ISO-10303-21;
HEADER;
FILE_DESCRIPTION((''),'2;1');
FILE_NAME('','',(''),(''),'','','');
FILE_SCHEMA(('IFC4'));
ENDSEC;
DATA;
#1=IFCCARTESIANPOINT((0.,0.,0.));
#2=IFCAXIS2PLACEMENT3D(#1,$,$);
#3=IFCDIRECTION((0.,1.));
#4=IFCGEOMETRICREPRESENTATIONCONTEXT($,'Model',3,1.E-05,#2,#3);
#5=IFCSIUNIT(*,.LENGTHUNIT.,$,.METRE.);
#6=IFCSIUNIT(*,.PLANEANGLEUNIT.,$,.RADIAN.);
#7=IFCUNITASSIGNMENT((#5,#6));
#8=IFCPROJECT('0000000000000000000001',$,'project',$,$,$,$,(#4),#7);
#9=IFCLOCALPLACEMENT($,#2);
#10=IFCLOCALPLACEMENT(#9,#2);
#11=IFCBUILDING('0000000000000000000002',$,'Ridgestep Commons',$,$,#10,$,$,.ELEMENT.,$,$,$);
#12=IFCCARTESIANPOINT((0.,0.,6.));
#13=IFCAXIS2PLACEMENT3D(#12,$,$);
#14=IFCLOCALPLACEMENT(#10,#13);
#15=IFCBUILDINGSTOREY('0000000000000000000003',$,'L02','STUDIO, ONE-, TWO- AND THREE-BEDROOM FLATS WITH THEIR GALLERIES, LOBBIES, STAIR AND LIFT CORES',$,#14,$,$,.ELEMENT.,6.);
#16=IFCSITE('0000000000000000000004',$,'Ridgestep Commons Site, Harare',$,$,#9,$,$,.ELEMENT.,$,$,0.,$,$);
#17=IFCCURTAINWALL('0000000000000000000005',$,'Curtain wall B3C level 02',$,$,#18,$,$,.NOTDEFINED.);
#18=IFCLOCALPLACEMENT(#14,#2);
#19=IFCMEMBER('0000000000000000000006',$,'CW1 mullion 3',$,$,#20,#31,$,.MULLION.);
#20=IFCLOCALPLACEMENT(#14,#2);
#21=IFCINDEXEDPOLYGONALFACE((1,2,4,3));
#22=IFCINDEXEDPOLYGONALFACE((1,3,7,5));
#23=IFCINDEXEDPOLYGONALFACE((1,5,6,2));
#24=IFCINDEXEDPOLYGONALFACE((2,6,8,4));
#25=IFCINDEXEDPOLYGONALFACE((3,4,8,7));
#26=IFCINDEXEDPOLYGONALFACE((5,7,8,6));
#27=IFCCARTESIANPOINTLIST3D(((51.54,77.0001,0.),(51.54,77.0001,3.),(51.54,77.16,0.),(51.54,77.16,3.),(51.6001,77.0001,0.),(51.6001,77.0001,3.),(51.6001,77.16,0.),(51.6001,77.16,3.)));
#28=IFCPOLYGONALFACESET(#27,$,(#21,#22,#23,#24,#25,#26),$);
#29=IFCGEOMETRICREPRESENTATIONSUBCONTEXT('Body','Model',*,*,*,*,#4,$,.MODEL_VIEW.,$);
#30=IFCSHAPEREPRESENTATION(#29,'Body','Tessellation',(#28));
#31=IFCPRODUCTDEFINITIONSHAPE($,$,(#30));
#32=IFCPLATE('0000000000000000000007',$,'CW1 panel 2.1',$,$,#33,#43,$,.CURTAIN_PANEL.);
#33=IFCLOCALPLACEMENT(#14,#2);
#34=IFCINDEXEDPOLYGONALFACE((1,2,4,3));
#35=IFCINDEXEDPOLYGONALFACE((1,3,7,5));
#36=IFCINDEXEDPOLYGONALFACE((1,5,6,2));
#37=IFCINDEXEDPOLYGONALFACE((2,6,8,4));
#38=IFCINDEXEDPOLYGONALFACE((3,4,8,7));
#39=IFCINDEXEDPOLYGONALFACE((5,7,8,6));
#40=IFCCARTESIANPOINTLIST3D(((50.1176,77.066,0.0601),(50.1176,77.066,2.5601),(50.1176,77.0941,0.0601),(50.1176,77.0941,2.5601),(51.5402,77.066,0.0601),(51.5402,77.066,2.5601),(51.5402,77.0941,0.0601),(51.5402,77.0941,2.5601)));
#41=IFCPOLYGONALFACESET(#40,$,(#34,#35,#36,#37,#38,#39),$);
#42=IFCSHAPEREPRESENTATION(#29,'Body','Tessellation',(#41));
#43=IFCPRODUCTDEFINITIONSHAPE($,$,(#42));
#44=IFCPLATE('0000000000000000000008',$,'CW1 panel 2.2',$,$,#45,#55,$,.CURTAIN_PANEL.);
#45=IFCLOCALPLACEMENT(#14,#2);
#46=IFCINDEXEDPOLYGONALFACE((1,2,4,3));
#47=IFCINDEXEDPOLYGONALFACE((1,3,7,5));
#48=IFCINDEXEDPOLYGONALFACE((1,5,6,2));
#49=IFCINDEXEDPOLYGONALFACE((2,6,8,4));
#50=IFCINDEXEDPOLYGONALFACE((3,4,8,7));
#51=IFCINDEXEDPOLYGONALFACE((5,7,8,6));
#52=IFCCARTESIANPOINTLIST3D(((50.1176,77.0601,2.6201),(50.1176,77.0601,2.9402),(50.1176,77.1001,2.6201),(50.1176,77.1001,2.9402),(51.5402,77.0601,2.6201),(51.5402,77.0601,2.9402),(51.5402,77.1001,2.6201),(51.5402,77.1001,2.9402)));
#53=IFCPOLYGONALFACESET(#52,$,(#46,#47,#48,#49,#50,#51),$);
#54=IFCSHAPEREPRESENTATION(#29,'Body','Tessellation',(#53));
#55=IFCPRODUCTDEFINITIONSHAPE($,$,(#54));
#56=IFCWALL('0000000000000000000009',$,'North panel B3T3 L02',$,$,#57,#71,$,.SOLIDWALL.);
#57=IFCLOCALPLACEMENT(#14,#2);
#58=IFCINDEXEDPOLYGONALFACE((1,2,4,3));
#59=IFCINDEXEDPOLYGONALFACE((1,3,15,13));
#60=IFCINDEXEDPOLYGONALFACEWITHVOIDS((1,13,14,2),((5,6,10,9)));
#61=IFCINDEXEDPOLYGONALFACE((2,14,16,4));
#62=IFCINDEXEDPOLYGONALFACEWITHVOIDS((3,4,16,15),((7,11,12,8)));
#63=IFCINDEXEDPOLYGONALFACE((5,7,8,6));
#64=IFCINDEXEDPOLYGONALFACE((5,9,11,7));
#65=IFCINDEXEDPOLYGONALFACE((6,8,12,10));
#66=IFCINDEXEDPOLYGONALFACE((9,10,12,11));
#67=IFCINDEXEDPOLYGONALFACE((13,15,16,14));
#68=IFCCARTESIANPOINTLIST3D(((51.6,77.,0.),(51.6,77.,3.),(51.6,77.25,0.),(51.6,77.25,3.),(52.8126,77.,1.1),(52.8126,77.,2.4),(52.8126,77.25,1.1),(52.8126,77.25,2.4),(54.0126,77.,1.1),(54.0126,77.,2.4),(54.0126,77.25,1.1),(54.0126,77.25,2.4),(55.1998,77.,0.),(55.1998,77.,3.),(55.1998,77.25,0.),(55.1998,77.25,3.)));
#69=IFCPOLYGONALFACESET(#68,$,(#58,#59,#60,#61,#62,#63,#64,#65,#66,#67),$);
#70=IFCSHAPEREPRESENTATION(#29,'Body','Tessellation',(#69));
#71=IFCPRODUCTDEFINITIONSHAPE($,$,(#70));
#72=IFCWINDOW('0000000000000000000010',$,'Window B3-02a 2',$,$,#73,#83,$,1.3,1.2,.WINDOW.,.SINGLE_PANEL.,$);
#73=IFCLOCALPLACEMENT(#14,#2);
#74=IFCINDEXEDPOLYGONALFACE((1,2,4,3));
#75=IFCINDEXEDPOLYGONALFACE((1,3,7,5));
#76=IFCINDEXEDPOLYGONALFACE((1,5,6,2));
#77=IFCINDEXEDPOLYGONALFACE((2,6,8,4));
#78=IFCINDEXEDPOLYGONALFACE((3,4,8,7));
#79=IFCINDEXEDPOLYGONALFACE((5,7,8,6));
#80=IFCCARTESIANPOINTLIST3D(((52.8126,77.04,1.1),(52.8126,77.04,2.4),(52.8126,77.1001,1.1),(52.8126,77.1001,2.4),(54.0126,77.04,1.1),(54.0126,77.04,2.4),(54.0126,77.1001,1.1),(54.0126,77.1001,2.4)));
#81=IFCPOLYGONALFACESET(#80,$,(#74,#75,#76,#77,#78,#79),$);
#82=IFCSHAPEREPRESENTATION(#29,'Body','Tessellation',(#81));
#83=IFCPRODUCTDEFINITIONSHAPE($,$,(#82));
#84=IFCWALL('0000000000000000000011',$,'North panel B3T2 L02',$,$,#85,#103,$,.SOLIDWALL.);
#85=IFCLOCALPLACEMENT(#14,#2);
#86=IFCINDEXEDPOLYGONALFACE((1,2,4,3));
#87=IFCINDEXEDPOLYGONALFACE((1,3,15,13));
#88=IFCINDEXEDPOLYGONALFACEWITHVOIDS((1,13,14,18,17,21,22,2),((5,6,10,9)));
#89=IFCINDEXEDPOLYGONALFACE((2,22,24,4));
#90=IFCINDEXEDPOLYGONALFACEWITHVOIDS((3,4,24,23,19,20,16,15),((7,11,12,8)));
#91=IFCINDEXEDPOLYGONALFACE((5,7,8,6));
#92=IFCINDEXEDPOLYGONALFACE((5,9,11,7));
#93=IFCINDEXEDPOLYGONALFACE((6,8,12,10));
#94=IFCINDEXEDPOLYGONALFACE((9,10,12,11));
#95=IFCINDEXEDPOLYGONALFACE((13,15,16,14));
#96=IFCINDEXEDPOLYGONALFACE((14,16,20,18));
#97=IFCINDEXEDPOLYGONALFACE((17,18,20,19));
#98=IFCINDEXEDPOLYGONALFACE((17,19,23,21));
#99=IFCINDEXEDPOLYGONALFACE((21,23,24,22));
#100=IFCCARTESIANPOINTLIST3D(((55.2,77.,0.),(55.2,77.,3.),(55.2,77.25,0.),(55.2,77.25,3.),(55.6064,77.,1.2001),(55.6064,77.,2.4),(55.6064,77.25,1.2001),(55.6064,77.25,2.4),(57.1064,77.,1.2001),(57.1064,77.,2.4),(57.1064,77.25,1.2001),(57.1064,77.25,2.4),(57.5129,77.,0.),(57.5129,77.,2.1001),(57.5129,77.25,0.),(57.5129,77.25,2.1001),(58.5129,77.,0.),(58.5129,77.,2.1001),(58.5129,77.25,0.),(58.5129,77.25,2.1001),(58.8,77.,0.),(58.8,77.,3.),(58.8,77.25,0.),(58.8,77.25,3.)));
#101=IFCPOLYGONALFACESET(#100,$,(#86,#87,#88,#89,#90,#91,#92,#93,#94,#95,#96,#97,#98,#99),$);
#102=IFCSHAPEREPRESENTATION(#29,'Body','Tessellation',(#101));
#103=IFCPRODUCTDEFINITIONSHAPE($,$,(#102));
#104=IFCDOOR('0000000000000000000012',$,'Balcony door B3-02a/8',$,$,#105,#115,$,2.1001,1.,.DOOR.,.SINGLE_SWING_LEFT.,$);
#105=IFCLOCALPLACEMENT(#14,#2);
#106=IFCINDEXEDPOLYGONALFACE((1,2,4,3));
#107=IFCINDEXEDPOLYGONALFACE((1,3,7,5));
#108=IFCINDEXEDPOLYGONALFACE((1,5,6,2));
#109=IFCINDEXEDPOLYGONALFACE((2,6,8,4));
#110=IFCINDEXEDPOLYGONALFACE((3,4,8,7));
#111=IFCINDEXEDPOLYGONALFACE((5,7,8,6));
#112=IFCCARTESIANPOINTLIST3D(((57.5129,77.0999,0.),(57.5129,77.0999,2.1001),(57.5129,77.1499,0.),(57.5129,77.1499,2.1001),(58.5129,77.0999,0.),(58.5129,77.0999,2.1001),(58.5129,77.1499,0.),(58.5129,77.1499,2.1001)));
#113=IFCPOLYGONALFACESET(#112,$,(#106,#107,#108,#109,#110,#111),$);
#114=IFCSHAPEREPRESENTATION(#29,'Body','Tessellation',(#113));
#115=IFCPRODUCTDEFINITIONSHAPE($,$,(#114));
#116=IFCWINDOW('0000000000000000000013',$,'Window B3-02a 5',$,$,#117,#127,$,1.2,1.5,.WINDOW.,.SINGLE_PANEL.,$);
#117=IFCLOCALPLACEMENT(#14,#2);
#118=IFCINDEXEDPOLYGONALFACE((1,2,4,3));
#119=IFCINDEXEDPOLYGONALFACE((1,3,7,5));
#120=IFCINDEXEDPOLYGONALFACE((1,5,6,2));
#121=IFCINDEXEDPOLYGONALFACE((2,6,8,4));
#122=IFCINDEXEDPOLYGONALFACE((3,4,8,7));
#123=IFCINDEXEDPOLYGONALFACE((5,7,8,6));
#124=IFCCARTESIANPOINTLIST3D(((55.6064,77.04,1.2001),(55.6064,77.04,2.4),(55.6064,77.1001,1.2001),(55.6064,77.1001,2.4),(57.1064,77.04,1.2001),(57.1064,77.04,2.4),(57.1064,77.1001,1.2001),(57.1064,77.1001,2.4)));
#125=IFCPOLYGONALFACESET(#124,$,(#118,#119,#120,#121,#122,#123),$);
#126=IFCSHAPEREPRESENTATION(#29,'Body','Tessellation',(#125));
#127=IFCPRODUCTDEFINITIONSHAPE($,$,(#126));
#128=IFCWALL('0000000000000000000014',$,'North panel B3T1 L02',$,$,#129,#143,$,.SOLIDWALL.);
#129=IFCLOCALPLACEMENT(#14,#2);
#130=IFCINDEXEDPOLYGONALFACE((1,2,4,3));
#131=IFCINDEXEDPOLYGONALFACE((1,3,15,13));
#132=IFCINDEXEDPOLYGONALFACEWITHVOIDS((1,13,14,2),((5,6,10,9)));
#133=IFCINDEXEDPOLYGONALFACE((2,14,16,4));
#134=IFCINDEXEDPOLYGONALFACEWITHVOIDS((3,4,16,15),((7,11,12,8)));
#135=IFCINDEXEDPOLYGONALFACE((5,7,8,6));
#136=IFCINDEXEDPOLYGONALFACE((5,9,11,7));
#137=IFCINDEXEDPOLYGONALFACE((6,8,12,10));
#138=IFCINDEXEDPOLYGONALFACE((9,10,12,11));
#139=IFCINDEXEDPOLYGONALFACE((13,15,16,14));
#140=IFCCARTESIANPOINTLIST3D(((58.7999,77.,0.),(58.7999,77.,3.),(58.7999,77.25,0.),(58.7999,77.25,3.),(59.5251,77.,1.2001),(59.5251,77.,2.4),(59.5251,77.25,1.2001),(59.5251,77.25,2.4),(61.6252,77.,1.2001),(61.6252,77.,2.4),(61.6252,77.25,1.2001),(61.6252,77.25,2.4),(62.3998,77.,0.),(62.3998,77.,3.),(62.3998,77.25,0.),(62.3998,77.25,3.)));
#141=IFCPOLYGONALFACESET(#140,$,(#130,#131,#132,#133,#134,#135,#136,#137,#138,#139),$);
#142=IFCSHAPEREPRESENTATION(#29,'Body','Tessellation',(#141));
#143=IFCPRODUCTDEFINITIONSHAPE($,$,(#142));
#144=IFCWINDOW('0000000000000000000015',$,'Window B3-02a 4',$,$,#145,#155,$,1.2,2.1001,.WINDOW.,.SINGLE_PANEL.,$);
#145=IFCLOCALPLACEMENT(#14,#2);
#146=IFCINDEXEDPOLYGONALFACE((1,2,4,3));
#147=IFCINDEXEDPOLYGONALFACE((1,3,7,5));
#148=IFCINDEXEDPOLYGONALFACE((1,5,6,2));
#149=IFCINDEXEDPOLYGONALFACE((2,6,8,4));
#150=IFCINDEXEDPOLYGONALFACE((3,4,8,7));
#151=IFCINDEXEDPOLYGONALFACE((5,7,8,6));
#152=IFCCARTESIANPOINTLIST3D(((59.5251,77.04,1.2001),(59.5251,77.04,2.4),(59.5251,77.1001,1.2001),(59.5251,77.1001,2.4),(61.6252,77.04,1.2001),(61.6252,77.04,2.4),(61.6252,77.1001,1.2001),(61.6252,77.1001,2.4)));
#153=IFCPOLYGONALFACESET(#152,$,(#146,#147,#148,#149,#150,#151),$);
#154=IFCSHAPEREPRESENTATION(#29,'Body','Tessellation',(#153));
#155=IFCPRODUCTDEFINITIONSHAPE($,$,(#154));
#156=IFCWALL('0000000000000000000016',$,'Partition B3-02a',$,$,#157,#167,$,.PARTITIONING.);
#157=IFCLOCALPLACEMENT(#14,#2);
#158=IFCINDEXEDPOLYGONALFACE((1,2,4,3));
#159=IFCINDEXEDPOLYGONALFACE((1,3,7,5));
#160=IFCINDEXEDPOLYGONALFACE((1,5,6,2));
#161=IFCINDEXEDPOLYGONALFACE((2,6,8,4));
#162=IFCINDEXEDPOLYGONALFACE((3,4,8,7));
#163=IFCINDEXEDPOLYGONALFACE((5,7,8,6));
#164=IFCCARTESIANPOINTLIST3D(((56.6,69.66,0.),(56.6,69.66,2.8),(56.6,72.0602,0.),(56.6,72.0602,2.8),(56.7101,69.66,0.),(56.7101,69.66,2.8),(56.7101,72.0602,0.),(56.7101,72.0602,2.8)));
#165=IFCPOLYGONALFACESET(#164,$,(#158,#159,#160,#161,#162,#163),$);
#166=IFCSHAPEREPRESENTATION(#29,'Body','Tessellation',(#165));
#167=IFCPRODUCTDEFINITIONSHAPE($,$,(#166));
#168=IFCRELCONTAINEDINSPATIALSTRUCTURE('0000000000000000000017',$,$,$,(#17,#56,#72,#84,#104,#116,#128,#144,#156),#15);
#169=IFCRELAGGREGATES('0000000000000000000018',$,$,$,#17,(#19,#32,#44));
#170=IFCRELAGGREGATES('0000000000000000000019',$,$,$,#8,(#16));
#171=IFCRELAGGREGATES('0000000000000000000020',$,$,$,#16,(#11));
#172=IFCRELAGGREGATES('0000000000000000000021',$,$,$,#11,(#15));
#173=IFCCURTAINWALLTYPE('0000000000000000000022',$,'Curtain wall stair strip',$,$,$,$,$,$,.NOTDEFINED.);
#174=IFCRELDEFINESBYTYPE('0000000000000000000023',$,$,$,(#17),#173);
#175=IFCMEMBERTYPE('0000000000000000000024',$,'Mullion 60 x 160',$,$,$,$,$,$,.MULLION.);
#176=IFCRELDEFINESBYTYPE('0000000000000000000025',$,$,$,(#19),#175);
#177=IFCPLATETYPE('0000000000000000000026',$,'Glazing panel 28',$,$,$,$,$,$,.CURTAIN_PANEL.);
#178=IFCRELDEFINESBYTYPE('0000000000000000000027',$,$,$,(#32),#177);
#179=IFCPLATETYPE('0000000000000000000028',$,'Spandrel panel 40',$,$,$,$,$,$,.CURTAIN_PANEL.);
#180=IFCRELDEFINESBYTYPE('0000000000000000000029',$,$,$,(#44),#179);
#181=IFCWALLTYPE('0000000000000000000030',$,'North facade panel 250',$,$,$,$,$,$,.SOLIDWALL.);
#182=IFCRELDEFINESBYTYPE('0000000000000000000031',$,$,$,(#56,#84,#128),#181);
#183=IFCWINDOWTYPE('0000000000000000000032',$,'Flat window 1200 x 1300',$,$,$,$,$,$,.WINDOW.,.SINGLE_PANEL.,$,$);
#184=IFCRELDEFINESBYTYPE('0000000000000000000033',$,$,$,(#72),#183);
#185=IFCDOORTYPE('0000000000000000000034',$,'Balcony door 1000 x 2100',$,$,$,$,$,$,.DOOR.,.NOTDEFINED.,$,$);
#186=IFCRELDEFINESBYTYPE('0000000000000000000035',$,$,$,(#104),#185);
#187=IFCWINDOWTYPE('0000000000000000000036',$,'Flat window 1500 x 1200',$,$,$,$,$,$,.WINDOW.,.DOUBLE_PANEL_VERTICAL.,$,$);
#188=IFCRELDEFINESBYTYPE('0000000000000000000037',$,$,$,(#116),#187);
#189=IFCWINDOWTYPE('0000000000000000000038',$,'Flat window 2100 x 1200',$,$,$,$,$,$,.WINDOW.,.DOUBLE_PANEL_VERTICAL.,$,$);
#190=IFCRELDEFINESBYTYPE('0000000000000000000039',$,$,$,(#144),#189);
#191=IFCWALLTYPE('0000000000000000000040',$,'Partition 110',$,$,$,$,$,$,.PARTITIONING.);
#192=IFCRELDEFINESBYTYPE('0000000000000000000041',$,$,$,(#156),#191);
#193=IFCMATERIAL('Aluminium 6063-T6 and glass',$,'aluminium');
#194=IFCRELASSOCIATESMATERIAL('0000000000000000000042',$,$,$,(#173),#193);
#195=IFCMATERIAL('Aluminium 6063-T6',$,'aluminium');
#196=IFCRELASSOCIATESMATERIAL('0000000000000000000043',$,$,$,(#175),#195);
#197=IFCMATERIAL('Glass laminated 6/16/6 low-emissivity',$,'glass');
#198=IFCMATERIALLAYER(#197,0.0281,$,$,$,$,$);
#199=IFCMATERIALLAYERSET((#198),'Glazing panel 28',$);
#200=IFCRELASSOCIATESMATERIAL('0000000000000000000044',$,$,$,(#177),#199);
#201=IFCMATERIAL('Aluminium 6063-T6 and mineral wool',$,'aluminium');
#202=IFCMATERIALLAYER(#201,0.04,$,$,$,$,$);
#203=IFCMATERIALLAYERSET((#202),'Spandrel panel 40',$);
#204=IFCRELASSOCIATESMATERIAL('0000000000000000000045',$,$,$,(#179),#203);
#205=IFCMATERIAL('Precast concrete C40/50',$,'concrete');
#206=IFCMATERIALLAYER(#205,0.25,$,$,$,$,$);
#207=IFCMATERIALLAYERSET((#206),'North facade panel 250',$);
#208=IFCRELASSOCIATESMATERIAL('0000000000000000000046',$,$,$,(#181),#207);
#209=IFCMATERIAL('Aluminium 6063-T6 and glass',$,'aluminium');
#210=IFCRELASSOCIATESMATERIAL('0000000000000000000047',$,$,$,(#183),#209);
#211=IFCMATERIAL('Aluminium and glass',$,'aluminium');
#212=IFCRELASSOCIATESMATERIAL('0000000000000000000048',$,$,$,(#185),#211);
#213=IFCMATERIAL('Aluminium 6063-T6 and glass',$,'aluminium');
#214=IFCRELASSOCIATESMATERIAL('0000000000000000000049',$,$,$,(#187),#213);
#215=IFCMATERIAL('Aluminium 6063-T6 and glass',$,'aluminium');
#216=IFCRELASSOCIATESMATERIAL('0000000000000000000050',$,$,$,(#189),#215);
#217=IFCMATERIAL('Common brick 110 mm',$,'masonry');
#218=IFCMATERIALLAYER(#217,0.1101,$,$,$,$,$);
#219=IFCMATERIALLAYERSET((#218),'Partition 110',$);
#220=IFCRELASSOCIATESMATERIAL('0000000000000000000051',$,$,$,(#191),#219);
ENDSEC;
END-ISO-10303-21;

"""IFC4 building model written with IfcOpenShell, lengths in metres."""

from ifc_helpers import new_model, si_unit, direction, frame, frame_2d, origin, origin_2d, place, context, subcontext, project, spatial, rectangle, extrude, material, layer, layer_set, material_profile, profile_set, type_object, element, fill, aggregate, save


model = new_model("IFC4")

# Units and contexts
model_context = context("Model", 3, precision=1e-05, world=origin(), true_north=direction((0.0, 1.0)))
body_context = subcontext(model_context, "Body", "Model", "MODEL_VIEW")
ifc_project = project(units=[si_unit("LENGTHUNIT", "METRE"), si_unit("PLANEANGLEUNIT", "RADIAN")], contexts=[model_context])

# Site, building, storey
site_placement = place(None, origin())
site = spatial("IfcSite", under=ifc_project, at=site_placement, Name="Ridgestep Commons Site, Harare", CompositionType="ELEMENT", RefElevation=0.0)
building_placement = place(site_placement, origin())
building = spatial("IfcBuilding", under=site, at=building_placement, Name="Ridgestep Commons", CompositionType="ELEMENT")
storey_placement = place(building_placement, frame((0.0, 0.0, 6.0)))
storey = spatial("IfcBuildingStorey", under=building, at=storey_placement, Name="L02", Description="STUDIO, ONE-, TWO- AND THREE-BEDROOM FLATS WITH THEIR GALLERIES, LOBBIES, STAIR AND LIFT CORES", CompositionType="ELEMENT", Elevation=6.0)

# Curtain wall, member, plates
ifc_material_1 = material(Name="Aluminium 6063-T6 and glass", Category="aluminium")
curtain_wall_type = type_object("IfcCurtainWallType", Name="Curtain wall stair strip", PredefinedType="NOTDEFINED", material=ifc_material_1)
curtain_wall_placement = place(storey_placement, origin())
curtain_wall = element("IfcCurtainWall", 1, at=curtain_wall_placement, inside=storey, type_object=curtain_wall_type, Name="Curtain wall B3C level 02", PredefinedType="NOTDEFINED")
ifc_material_2 = material(Name="Aluminium 6063-T6", Category="aluminium")
ifc_material_profile = material_profile(ifc_material_2, rectangle(XDim=0.1599, YDim=0.0601, at=origin_2d()), Name="Mullion 60 x 160")
ifc_profile_set = profile_set([ifc_material_profile], Name="Aluminium 6063-T6")
member_type = type_object("IfcMemberType", Name="Mullion 60 x 160", PredefinedType="MULLION", material=ifc_profile_set)
member_placement = place(storey_placement, frame((51.5701, 77.0801, 0.0), z_axis=(0.0, 0.0, 1.0), x_axis=(0.0, 1.0, 0.0)))
member = element("IfcMember", 2, at=member_placement, type_object=member_type, Name="CW1 mullion 3", PredefinedType="MULLION", context=body_context, shape_type="SweptSolid", body=[
    extrude(rectangle(XDim=0.1599, YDim=0.0601, at=origin_2d()), origin(), (0.0, 0.0, 1.0), 3.0),
])
ifc_material_3 = material(Name="Glass laminated 6/16/6 low-emissivity", Category="glass")
ifc_layer_1 = layer(ifc_material_3, 0.0281)
ifc_layer_set_1 = layer_set([ifc_layer_1], Name="Glazing panel 28")
plate_type_1 = type_object("IfcPlateType", Name="Glazing panel 28", PredefinedType="CURTAIN_PANEL", material=ifc_layer_set_1)
plate_1_placement = place(storey_placement, frame((50.8289, 77.0801, 0.0601), z_axis=(0.0, 0.0, 1.0), x_axis=(1.0, 0.0, 0.0)))
plate_1 = element("IfcPlate", 3, at=plate_1_placement, type_object=plate_type_1, Name="CW1 panel 2.1", PredefinedType="CURTAIN_PANEL", context=body_context, shape_type="SweptSolid", body=[
    extrude(rectangle(XDim=1.4226, YDim=0.0281, at=origin_2d()), origin(), (0.0, 0.0, 1.0), 2.5),
])
ifc_material_4 = material(Name="Aluminium 6063-T6 and mineral wool", Category="aluminium")
ifc_layer_2 = layer(ifc_material_4, 0.04)
ifc_layer_set_2 = layer_set([ifc_layer_2], Name="Spandrel panel 40")
plate_type_2 = type_object("IfcPlateType", Name="Spandrel panel 40", PredefinedType="CURTAIN_PANEL", material=ifc_layer_set_2)
plate_2_placement = place(storey_placement, frame((50.8289, 77.0801, 2.6201), z_axis=(0.0, 0.0, 1.0), x_axis=(1.0, 0.0, 0.0)))
plate_2 = element("IfcPlate", 4, at=plate_2_placement, type_object=plate_type_2, Name="CW1 panel 2.2", PredefinedType="CURTAIN_PANEL", context=body_context, shape_type="SweptSolid", body=[
    extrude(rectangle(XDim=1.4226, YDim=0.04, at=origin_2d()), origin(), (0.0, 0.0, 1.0), 0.3201),
])
aggregate(curtain_wall, [member, plate_1, plate_2])

# Wall, opening, window
ifc_material_5 = material(Name="Precast concrete C40/50", Category="concrete")
ifc_layer_3 = layer(ifc_material_5, 0.25)
ifc_layer_set_3 = layer_set([ifc_layer_3], Name="North facade panel 250")
wall_type_1 = type_object("IfcWallType", Name="North facade panel 250", PredefinedType="SOLIDWALL", material=ifc_layer_set_3)
wall_1_placement = place(storey_placement, frame((51.6001, 77.125, 0.0), z_axis=(0.0, 0.0, 1.0), x_axis=(1.0, 0.0, 0.0)))
wall_1 = element("IfcWall", 5, at=wall_1_placement, inside=storey, type_object=wall_type_1, Name="North panel B3T3 L02", PredefinedType="SOLIDWALL", context=body_context, shape_type="SweptSolid", body=[
    extrude(rectangle(XDim=3.5999, YDim=0.25, at=frame_2d((1.7998, 0.0))), origin(), (0.0, 0.0, 1.0), 3.0),
])
opening_1_placement = place(wall_1_placement, frame((1.2124, 0.0, 1.1001)))
opening_1 = element("IfcOpeningElement", 6, at=opening_1_placement, cuts=wall_1, PredefinedType="OPENING", context=body_context, shape_type="SweptSolid", body=[
    extrude(rectangle(XDim=1.2, YDim=1.3, at=frame_2d((0.6001, 0.6499))), frame((0.0, 0.135, 0.0), z_axis=(0.0, -1.0, 0.0), x_axis=(1.0, 0.0, 0.0)), (0.0, 0.0, 1.0), 0.27),
])
ifc_material_6 = material(Name="Aluminium 6063-T6 and glass", Category="aluminium")
window_type_1 = type_object("IfcWindowType", Name="Flat window 1200 x 1300", PartitioningType="SINGLE_PANEL", PredefinedType="WINDOW", material=ifc_material_6)
window_1_placement = place(opening_1_placement, origin())
window_1 = element("IfcWindow", 7, at=window_1_placement, inside=storey, type_object=window_type_1, Name="Window B3-02a 2", OverallHeight=1.3, OverallWidth=1.2, PartitioningType="SINGLE_PANEL", PredefinedType="WINDOW", context=body_context, shape_type="SweptSolid", body=[
    extrude(rectangle(XDim=1.2, YDim=1.3, at=frame_2d((0.6001, 0.6499))), frame((0.0, -0.0249, 0.0), z_axis=(0.0, -1.0, 0.0), x_axis=(1.0, 0.0, 0.0)), (0.0, 0.0, 1.0), 0.0601),
])
fill(opening_1, window_1)

# Wall, openings, door, window
wall_2_placement = place(storey_placement, frame((55.2, 77.125, 0.0), z_axis=(0.0, 0.0, 1.0), x_axis=(1.0, 0.0, 0.0)))
wall_2 = element("IfcWall", 8, at=wall_2_placement, inside=storey, type_object=wall_type_1, Name="North panel B3T2 L02", PredefinedType="SOLIDWALL", context=body_context, shape_type="SweptSolid", body=[
    extrude(rectangle(XDim=3.6001, YDim=0.25, at=frame_2d((1.8, 0.0))), origin(), (0.0, 0.0, 1.0), 3.0),
])
opening_2_placement = place(wall_2_placement, frame((0.4065, 0.0, 1.2)))
opening_2 = element("IfcOpeningElement", 9, at=opening_2_placement, cuts=wall_2, PredefinedType="OPENING", context=body_context, shape_type="SweptSolid", body=[
    extrude(rectangle(XDim=1.5, YDim=1.2, at=frame_2d((0.75, 0.6001))), frame((0.0, 0.135, 0.0), z_axis=(0.0, -1.0, 0.0), x_axis=(1.0, 0.0, 0.0)), (0.0, 0.0, 1.0), 0.27),
])
opening_3_placement = place(wall_2_placement, frame((2.313, 0.0, 0.0)))
opening_3 = element("IfcOpeningElement", 10, at=opening_3_placement, cuts=wall_2, PredefinedType="OPENING", context=body_context, shape_type="SweptSolid", body=[
    extrude(rectangle(XDim=1.0, YDim=2.1001, at=frame_2d((0.5, 1.05))), frame((0.0, 0.135, 0.0), z_axis=(0.0, -1.0, 0.0), x_axis=(1.0, 0.0, 0.0)), (0.0, 0.0, 1.0), 0.27),
])
ifc_material_7 = material(Name="Aluminium and glass", Category="aluminium")
door_type_1 = type_object("IfcDoorType", Name="Balcony door 1000 x 2100", OperationType="NOTDEFINED", PredefinedType="DOOR", material=ifc_material_7)
door_1_placement = place(opening_3_placement, origin())
door_1 = element("IfcDoor", 11, at=door_1_placement, inside=storey, type_object=door_type_1, Name="Balcony door B3-02a/8", OperationType="SINGLE_SWING_LEFT", OverallHeight=2.1001, OverallWidth=1.0, PredefinedType="DOOR", context=body_context, shape_type="SweptSolid", body=[
    extrude(rectangle(XDim=1.0, YDim=2.1001, at=frame_2d((0.5, 1.05))), frame((0.0, 0.0249, 0.0), z_axis=(0.0, -1.0, 0.0), x_axis=(1.0, 0.0, 0.0)), (0.0, 0.0, 1.0), 0.05),
])
fill(opening_3, door_1)
ifc_material_8 = material(Name="Aluminium 6063-T6 and glass", Category="aluminium")
window_type_2 = type_object("IfcWindowType", Name="Flat window 1500 x 1200", PartitioningType="DOUBLE_PANEL_VERTICAL", PredefinedType="WINDOW", material=ifc_material_8)
window_2_placement = place(opening_2_placement, origin())
window_2 = element("IfcWindow", 12, at=window_2_placement, inside=storey, type_object=window_type_2, Name="Window B3-02a 5", OverallHeight=1.2, OverallWidth=1.5, PartitioningType="SINGLE_PANEL", PredefinedType="WINDOW", context=body_context, shape_type="SweptSolid", body=[
    extrude(rectangle(XDim=1.5, YDim=1.2, at=frame_2d((0.75, 0.6001))), frame((0.0, -0.0249, 0.0), z_axis=(0.0, -1.0, 0.0), x_axis=(1.0, 0.0, 0.0)), (0.0, 0.0, 1.0), 0.0601),
])
fill(opening_2, window_2)

# Wall, opening, window
wall_3_placement = place(storey_placement, frame((58.8, 77.125, 0.0), z_axis=(0.0, 0.0, 1.0), x_axis=(1.0, 0.0, 0.0)))
wall_3 = element("IfcWall", 13, at=wall_3_placement, inside=storey, type_object=wall_type_1, Name="North panel B3T1 L02", PredefinedType="SOLIDWALL", context=body_context, shape_type="SweptSolid", body=[
    extrude(rectangle(XDim=3.5999, YDim=0.25, at=frame_2d((1.7998, 0.0))), origin(), (0.0, 0.0, 1.0), 3.0),
])
opening_4_placement = place(wall_3_placement, frame((0.7251, 0.0, 1.2)))
opening_4 = element("IfcOpeningElement", 14, at=opening_4_placement, cuts=wall_3, PredefinedType="OPENING", context=body_context, shape_type="SweptSolid", body=[
    extrude(rectangle(XDim=2.1001, YDim=1.2, at=frame_2d((1.05, 0.6001))), frame((0.0, 0.135, 0.0), z_axis=(0.0, -1.0, 0.0), x_axis=(1.0, 0.0, 0.0)), (0.0, 0.0, 1.0), 0.27),
])
ifc_material_9 = material(Name="Aluminium 6063-T6 and glass", Category="aluminium")
window_type_3 = type_object("IfcWindowType", Name="Flat window 2100 x 1200", PartitioningType="DOUBLE_PANEL_VERTICAL", PredefinedType="WINDOW", material=ifc_material_9)
window_3_placement = place(opening_4_placement, origin())
window_3 = element("IfcWindow", 15, at=window_3_placement, inside=storey, type_object=window_type_3, Name="Window B3-02a 4", OverallHeight=1.2, OverallWidth=2.1001, PartitioningType="SINGLE_PANEL", PredefinedType="WINDOW", context=body_context, shape_type="SweptSolid", body=[
    extrude(rectangle(XDim=2.1001, YDim=1.2, at=frame_2d((1.05, 0.6001))), frame((0.0, -0.0249, 0.0), z_axis=(0.0, -1.0, 0.0), x_axis=(1.0, 0.0, 0.0)), (0.0, 0.0, 1.0), 0.0601),
])
fill(opening_4, window_3)

# Wall
ifc_material_10 = material(Name="Common brick 110 mm", Category="masonry")
ifc_layer_4 = layer(ifc_material_10, 0.1101)
ifc_layer_set_4 = layer_set([ifc_layer_4], Name="Partition 110")
wall_type_2 = type_object("IfcWallType", Name="Partition 110", PredefinedType="PARTITIONING", material=ifc_layer_set_4)
wall_4_placement = place(storey_placement, frame((56.655, 69.6599, 0.0), z_axis=(0.0, 0.0, 1.0), x_axis=(0.0, 1.0, 0.0)))
element("IfcWall", 16, at=wall_4_placement, inside=storey, type_object=wall_type_2, Name="Partition B3-02a", PredefinedType="PARTITIONING", context=body_context, shape_type="SweptSolid", body=[
    extrude(rectangle(XDim=2.4001, YDim=0.1101, at=frame_2d((1.2002, 0.0))), origin(), (0.0, 0.0, 1.0), 2.8),
])

save(model, "model.ifc")
